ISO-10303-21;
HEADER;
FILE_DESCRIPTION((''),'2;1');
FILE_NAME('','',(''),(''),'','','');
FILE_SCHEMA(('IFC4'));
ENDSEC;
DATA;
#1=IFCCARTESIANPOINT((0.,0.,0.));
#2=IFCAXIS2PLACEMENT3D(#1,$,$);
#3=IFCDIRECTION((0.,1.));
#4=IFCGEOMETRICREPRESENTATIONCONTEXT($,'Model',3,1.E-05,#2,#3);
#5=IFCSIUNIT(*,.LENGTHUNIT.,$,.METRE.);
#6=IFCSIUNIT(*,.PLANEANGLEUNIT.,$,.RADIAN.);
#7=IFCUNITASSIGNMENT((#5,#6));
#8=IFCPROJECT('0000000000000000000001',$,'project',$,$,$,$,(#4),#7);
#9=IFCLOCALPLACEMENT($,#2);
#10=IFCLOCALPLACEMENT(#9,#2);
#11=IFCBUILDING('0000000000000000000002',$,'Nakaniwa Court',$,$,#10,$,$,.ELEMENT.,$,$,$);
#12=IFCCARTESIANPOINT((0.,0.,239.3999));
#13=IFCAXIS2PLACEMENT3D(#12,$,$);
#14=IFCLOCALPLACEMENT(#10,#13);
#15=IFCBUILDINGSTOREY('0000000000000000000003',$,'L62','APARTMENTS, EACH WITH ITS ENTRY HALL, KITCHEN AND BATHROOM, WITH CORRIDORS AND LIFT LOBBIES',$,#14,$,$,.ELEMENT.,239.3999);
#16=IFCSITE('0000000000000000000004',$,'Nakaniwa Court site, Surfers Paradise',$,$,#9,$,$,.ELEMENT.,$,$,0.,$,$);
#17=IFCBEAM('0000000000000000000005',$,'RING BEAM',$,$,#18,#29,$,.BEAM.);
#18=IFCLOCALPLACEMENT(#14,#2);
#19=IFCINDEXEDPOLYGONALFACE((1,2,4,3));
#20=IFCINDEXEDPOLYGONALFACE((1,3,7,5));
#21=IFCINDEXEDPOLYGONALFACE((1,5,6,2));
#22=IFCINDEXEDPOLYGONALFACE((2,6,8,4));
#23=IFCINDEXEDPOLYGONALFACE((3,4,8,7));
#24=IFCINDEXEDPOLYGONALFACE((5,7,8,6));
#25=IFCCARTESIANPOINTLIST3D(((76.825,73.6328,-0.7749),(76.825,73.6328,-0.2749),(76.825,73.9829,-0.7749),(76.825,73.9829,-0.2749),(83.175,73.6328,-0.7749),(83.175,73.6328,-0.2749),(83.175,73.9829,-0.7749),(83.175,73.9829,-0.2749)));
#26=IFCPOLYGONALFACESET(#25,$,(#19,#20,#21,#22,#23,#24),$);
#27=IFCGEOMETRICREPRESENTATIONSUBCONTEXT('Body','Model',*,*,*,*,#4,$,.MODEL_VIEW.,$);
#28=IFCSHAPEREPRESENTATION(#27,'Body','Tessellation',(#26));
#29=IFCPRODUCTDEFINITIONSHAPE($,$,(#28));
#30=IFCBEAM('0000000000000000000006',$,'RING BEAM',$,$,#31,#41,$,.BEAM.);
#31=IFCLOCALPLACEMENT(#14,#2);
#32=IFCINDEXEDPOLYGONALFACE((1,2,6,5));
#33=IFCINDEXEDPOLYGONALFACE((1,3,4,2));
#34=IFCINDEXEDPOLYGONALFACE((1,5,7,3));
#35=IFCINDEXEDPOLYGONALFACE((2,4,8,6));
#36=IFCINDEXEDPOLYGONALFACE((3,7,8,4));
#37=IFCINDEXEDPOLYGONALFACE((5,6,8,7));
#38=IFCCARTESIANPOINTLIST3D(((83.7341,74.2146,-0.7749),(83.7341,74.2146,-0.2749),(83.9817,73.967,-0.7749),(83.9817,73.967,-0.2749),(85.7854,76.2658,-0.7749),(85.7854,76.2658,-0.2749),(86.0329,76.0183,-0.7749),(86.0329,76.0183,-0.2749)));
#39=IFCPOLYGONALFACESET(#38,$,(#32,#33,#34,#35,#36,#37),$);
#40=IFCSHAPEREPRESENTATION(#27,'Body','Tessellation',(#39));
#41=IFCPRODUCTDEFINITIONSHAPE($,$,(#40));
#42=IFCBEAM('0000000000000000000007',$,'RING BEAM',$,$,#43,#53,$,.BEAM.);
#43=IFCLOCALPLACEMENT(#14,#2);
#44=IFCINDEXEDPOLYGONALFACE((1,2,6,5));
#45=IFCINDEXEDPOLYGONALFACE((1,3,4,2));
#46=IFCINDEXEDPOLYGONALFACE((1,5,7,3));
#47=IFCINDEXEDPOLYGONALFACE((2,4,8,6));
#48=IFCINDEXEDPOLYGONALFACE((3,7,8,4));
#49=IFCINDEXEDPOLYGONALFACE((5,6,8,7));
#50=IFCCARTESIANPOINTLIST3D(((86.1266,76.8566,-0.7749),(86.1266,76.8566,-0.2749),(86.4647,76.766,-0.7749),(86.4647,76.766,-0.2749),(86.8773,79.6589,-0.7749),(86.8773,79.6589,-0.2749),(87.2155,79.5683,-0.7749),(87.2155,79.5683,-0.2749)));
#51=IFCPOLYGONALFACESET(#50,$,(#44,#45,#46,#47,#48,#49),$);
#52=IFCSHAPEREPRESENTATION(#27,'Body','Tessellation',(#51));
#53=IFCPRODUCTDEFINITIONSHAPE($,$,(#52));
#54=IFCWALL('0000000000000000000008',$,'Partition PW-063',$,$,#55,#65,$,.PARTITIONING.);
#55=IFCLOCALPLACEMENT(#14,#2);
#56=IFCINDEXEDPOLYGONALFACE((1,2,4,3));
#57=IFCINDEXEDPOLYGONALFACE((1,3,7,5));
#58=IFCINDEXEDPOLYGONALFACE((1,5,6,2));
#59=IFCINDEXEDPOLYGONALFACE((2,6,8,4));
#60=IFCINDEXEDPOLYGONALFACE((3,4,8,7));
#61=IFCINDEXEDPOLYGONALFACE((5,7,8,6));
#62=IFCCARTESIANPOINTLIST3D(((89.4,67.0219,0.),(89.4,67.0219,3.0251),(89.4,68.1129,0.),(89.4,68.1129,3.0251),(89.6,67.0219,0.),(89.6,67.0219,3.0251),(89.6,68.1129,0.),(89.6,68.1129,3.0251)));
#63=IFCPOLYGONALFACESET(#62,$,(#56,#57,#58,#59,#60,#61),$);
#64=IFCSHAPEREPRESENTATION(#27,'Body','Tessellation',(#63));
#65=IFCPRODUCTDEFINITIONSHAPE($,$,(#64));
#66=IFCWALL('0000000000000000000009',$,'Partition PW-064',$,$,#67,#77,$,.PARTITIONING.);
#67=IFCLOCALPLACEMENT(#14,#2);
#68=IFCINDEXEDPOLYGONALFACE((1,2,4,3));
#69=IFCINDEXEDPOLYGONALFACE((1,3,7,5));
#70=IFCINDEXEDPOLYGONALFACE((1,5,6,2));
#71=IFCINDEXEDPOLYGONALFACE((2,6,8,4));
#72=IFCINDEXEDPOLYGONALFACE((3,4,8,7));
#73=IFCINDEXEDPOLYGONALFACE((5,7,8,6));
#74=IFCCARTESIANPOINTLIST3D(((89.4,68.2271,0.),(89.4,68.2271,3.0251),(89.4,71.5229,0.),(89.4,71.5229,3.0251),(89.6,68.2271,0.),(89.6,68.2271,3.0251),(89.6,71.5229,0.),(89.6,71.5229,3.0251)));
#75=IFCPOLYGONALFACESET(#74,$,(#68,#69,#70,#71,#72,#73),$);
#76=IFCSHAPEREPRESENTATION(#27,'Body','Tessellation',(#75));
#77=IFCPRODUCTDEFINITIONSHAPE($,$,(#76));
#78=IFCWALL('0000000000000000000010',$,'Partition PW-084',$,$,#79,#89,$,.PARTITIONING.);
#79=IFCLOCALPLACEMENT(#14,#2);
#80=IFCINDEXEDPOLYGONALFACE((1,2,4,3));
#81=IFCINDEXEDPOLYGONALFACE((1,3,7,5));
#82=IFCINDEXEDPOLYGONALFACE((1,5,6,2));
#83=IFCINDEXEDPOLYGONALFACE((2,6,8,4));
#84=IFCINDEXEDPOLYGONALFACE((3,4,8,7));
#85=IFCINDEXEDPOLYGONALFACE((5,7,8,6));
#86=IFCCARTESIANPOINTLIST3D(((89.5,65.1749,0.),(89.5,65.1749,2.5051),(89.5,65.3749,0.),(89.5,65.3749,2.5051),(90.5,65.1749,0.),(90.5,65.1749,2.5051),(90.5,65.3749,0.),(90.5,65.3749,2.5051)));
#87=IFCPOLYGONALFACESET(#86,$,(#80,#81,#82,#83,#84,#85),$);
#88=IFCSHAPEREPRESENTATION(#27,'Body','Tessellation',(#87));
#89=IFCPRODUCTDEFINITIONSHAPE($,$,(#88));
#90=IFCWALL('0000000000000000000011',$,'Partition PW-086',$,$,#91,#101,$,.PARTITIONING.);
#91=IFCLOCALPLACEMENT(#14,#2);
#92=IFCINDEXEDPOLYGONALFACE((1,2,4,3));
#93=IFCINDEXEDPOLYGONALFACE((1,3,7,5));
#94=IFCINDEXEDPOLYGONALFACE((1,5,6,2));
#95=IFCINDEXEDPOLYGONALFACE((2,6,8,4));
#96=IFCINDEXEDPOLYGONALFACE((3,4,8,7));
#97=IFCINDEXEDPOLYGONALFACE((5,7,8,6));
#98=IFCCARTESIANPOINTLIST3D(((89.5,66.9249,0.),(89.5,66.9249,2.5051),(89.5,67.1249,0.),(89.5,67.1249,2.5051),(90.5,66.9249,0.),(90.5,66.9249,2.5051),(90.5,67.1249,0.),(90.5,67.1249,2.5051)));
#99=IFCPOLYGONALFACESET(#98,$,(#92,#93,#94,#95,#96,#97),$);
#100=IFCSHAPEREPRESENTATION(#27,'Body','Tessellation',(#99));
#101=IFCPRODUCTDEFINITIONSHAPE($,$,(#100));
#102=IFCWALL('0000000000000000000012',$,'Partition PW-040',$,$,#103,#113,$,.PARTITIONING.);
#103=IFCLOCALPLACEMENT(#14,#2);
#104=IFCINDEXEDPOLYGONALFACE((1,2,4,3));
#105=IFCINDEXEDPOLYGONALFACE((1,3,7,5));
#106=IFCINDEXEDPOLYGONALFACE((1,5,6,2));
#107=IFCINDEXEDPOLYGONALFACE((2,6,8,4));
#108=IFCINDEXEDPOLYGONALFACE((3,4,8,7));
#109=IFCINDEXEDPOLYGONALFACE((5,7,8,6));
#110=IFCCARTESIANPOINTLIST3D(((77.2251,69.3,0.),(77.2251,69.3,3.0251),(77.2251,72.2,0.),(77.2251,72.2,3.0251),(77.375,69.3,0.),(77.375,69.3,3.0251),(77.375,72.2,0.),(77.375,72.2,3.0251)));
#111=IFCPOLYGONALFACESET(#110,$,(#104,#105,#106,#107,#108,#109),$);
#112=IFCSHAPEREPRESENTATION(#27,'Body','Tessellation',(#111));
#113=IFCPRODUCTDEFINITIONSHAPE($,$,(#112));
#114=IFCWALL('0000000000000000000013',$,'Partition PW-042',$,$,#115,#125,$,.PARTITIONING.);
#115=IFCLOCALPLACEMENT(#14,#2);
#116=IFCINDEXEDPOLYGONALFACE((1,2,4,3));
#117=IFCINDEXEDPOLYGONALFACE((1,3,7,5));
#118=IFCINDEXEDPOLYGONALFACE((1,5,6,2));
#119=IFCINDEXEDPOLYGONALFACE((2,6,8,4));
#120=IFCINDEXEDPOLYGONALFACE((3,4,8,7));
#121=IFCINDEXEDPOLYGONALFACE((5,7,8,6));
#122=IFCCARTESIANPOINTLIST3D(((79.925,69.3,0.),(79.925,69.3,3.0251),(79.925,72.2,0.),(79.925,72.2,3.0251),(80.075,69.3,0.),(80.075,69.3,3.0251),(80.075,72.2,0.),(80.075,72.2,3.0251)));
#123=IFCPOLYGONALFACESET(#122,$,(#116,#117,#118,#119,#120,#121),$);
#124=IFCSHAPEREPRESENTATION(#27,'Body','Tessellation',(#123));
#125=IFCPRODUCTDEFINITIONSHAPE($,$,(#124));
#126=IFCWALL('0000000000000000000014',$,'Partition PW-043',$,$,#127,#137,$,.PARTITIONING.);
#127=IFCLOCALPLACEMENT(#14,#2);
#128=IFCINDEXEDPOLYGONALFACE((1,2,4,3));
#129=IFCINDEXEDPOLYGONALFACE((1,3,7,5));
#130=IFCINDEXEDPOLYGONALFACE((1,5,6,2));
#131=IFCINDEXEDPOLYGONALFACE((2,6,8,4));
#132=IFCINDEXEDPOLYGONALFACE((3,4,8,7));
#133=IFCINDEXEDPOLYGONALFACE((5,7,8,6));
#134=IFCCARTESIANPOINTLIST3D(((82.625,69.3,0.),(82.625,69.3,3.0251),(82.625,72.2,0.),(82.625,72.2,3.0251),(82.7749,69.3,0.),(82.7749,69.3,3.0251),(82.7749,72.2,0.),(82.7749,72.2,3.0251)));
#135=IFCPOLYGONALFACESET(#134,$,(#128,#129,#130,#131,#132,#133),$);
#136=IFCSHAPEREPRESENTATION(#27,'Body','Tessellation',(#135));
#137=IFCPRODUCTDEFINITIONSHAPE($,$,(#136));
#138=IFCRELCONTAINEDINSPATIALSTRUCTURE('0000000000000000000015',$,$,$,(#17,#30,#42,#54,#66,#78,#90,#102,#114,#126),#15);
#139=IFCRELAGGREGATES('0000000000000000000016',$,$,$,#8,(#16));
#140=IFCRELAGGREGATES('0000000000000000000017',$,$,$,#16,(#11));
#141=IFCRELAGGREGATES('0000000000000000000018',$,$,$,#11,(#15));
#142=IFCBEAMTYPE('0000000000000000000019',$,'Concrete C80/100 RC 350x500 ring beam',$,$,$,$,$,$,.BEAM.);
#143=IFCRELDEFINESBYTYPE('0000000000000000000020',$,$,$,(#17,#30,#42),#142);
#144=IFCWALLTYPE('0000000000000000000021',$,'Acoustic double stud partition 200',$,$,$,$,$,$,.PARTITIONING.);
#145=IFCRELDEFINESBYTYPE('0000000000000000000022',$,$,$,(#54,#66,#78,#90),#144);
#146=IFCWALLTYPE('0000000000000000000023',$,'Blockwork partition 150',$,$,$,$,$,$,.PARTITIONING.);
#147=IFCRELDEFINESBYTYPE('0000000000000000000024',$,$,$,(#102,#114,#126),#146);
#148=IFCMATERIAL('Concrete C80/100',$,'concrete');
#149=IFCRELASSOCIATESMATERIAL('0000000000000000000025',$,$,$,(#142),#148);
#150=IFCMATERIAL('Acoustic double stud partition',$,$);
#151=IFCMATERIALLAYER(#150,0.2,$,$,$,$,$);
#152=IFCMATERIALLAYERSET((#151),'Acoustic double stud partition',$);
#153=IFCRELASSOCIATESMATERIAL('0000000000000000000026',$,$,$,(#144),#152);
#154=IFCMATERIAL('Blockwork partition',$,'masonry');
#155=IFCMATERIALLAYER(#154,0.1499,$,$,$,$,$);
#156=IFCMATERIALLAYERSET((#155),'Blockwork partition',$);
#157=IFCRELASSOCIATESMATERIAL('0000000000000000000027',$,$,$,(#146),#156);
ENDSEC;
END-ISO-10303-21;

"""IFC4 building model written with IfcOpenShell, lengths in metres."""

from ifc_helpers import new_model, si_unit, direction, frame, frame_2d, origin, origin_2d, place, context, subcontext, project, spatial, rectangle, extrude, material, layer, layer_set, material_profile, profile_set, type_object, element, save


model = new_model("IFC4")

# Units and contexts
model_context = context("Model", 3, precision=1e-05, world=origin(), true_north=direction((0.0, 1.0)))
body_context = subcontext(model_context, "Body", "Model", "MODEL_VIEW")
ifc_project = project(units=[si_unit("LENGTHUNIT", "METRE"), si_unit("PLANEANGLEUNIT", "RADIAN")], contexts=[model_context])

# Site, building, storey
site_placement = place(None, origin())
site = spatial("IfcSite", under=ifc_project, at=site_placement, Name="Nakaniwa Court site, Surfers Paradise", CompositionType="ELEMENT", RefElevation=0.0)
building_placement = place(site_placement, origin())
building = spatial("IfcBuilding", under=site, at=building_placement, Name="Nakaniwa Court", CompositionType="ELEMENT")
storey_placement = place(building_placement, frame((0.0, 0.0, 239.3999)))
storey = spatial("IfcBuildingStorey", under=building, at=storey_placement, Name="L62", Description="APARTMENTS, EACH WITH ITS ENTRY HALL, KITCHEN AND BATHROOM, WITH CORRIDORS AND LIFT LOBBIES", CompositionType="ELEMENT", Elevation=239.3999)

# Shared definitions
ifc_material_1 = material(Name="Concrete C80/100", Category="concrete")

# Beams
ifc_material_profile_1 = material_profile(ifc_material_1, rectangle(XDim=0.3501, YDim=0.5, at=origin_2d()), Name="Concrete C80/100 RC 350x500 ring beam")
ifc_profile_set_1 = profile_set([ifc_material_profile_1], Name="Concrete C80/100")
beam_type = type_object("IfcBeamType", Name="Concrete C80/100 RC 350x500 ring beam", PredefinedType="BEAM", material=ifc_profile_set_1)
beam_1_placement = place(storey_placement, frame((76.825, 73.8079, -0.5249), z_axis=(1.0, 0.0, 0.0), x_axis=(0.0, 1.0, 0.0)))
element("IfcBeam", 1, at=beam_1_placement, inside=storey, type_object=beam_type, Name="RING BEAM", PredefinedType="BEAM", context=body_context, shape_type="SweptSolid", body=[
    extrude(rectangle(XDim=0.3501, YDim=0.5, at=origin_2d()), origin(), (0.0, 0.0, 1.0), 6.3501),
])
beam_2_placement = place(storey_placement, frame((83.8579, 74.0908, -0.5249), z_axis=(0.707107, 0.707107, 0.0), x_axis=(-0.707107, 0.707107, 0.0)))
element("IfcBeam", 2, at=beam_2_placement, inside=storey, type_object=beam_type, Name="RING BEAM", PredefinedType="BEAM", context=body_context, shape_type="SweptSolid", body=[
    extrude(rectangle(XDim=0.3501, YDim=0.5, at=origin_2d()), origin(), (0.0, 0.0, 1.0), 2.9009),
])
beam_3_placement = place(storey_placement, frame((86.2957, 76.8113, -0.5249), z_axis=(0.258778, 0.965937, 0.0), x_axis=(-0.965937, 0.258778, 0.0)))
element("IfcBeam", 3, at=beam_3_placement, inside=storey, type_object=beam_type, Name="RING BEAM", PredefinedType="BEAM", context=body_context, shape_type="SweptSolid", body=[
    extrude(rectangle(XDim=0.3501, YDim=0.5, at=origin_2d()), origin(), (0.0, 0.0, 1.0), 2.9011),
])

# Walls
ifc_material_2 = material(Name="Acoustic double stud partition")
ifc_layer_1 = layer(ifc_material_2, 0.2)
ifc_layer_set_1 = layer_set([ifc_layer_1], Name="Acoustic double stud partition")
wall_type_1 = type_object("IfcWallType", Name="Acoustic double stud partition 200", PredefinedType="PARTITIONING", material=ifc_layer_set_1)
wall_1_placement = place(storey_placement, frame((89.5, 67.022, 0.0), z_axis=(0.0, 0.0, 1.0), x_axis=(0.0, 1.0, 0.0)))
element("IfcWall", 4, at=wall_1_placement, inside=storey, type_object=wall_type_1, Name="Partition PW-063", PredefinedType="PARTITIONING", context=body_context, shape_type="SweptSolid", body=[
    extrude(rectangle(XDim=1.0911, YDim=0.2, at=frame_2d((0.5454, 0.0))), origin(), (0.0, 0.0, 1.0), 3.0251),
])
wall_2_placement = place(storey_placement, frame((89.5, 68.2271, 0.0), z_axis=(0.0, 0.0, 1.0), x_axis=(0.0, 1.0, 0.0)))
element("IfcWall", 5, at=wall_2_placement, inside=storey, type_object=wall_type_1, Name="Partition PW-064", PredefinedType="PARTITIONING", context=body_context, shape_type="SweptSolid", body=[
    extrude(rectangle(XDim=3.2959, YDim=0.2, at=frame_2d((1.6479, 0.0))), origin(), (0.0, 0.0, 1.0), 3.0251),
])
for number, where, z_axis, x_axis, name in (
    (6, (89.5, 65.2749, 0.0), (0.0, 0.0, 1.0), (1.0, 0.0, 0.0), "Partition PW-084"),
    (7, (89.5, 67.0249, 0.0), (0.0, 0.0, 1.0), (1.0, 0.0, 0.0), "Partition PW-086"),
):
    element("IfcWall", number, at=place(storey_placement, frame(where, z_axis=z_axis, x_axis=x_axis)), inside=storey, type_object=wall_type_1, Name=name, PredefinedType="PARTITIONING", context=body_context, shape_type="SweptSolid", body=[
        extrude(rectangle(XDim=1.0, YDim=0.2, at=frame_2d((0.5, 0.0))), origin(), (0.0, 0.0, 1.0), 2.5051),
    ])
ifc_material_3 = material(Name="Blockwork partition", Category="masonry")
ifc_layer_2 = layer(ifc_material_3, 0.1499)
ifc_layer_set_2 = layer_set([ifc_layer_2], Name="Blockwork partition")
wall_type_2 = type_object("IfcWallType", Name="Blockwork partition 150", PredefinedType="PARTITIONING", material=ifc_layer_set_2)
for number, where, z_axis, x_axis, name in (
    (8, (77.3, 69.3, 0.0), (0.0, 0.0, 1.0), (0.0, 1.0, 0.0), "Partition PW-040"),
    (9, (80.0, 69.3, 0.0), (0.0, 0.0, 1.0), (0.0, 1.0, 0.0), "Partition PW-042"),
    (10, (82.7, 69.3, 0.0), (0.0, 0.0, 1.0), (0.0, 1.0, 0.0), "Partition PW-043"),
):
    element("IfcWall", number, at=place(storey_placement, frame(where, z_axis=z_axis, x_axis=x_axis)), inside=storey, type_object=wall_type_2, Name=name, PredefinedType="PARTITIONING", context=body_context, shape_type="SweptSolid", body=[
        extrude(rectangle(XDim=2.8999, YDim=0.1499, at=frame_2d((1.45, 0.0))), origin(), (0.0, 0.0, 1.0), 3.0251),
    ])

save(model, "model.ifc")
